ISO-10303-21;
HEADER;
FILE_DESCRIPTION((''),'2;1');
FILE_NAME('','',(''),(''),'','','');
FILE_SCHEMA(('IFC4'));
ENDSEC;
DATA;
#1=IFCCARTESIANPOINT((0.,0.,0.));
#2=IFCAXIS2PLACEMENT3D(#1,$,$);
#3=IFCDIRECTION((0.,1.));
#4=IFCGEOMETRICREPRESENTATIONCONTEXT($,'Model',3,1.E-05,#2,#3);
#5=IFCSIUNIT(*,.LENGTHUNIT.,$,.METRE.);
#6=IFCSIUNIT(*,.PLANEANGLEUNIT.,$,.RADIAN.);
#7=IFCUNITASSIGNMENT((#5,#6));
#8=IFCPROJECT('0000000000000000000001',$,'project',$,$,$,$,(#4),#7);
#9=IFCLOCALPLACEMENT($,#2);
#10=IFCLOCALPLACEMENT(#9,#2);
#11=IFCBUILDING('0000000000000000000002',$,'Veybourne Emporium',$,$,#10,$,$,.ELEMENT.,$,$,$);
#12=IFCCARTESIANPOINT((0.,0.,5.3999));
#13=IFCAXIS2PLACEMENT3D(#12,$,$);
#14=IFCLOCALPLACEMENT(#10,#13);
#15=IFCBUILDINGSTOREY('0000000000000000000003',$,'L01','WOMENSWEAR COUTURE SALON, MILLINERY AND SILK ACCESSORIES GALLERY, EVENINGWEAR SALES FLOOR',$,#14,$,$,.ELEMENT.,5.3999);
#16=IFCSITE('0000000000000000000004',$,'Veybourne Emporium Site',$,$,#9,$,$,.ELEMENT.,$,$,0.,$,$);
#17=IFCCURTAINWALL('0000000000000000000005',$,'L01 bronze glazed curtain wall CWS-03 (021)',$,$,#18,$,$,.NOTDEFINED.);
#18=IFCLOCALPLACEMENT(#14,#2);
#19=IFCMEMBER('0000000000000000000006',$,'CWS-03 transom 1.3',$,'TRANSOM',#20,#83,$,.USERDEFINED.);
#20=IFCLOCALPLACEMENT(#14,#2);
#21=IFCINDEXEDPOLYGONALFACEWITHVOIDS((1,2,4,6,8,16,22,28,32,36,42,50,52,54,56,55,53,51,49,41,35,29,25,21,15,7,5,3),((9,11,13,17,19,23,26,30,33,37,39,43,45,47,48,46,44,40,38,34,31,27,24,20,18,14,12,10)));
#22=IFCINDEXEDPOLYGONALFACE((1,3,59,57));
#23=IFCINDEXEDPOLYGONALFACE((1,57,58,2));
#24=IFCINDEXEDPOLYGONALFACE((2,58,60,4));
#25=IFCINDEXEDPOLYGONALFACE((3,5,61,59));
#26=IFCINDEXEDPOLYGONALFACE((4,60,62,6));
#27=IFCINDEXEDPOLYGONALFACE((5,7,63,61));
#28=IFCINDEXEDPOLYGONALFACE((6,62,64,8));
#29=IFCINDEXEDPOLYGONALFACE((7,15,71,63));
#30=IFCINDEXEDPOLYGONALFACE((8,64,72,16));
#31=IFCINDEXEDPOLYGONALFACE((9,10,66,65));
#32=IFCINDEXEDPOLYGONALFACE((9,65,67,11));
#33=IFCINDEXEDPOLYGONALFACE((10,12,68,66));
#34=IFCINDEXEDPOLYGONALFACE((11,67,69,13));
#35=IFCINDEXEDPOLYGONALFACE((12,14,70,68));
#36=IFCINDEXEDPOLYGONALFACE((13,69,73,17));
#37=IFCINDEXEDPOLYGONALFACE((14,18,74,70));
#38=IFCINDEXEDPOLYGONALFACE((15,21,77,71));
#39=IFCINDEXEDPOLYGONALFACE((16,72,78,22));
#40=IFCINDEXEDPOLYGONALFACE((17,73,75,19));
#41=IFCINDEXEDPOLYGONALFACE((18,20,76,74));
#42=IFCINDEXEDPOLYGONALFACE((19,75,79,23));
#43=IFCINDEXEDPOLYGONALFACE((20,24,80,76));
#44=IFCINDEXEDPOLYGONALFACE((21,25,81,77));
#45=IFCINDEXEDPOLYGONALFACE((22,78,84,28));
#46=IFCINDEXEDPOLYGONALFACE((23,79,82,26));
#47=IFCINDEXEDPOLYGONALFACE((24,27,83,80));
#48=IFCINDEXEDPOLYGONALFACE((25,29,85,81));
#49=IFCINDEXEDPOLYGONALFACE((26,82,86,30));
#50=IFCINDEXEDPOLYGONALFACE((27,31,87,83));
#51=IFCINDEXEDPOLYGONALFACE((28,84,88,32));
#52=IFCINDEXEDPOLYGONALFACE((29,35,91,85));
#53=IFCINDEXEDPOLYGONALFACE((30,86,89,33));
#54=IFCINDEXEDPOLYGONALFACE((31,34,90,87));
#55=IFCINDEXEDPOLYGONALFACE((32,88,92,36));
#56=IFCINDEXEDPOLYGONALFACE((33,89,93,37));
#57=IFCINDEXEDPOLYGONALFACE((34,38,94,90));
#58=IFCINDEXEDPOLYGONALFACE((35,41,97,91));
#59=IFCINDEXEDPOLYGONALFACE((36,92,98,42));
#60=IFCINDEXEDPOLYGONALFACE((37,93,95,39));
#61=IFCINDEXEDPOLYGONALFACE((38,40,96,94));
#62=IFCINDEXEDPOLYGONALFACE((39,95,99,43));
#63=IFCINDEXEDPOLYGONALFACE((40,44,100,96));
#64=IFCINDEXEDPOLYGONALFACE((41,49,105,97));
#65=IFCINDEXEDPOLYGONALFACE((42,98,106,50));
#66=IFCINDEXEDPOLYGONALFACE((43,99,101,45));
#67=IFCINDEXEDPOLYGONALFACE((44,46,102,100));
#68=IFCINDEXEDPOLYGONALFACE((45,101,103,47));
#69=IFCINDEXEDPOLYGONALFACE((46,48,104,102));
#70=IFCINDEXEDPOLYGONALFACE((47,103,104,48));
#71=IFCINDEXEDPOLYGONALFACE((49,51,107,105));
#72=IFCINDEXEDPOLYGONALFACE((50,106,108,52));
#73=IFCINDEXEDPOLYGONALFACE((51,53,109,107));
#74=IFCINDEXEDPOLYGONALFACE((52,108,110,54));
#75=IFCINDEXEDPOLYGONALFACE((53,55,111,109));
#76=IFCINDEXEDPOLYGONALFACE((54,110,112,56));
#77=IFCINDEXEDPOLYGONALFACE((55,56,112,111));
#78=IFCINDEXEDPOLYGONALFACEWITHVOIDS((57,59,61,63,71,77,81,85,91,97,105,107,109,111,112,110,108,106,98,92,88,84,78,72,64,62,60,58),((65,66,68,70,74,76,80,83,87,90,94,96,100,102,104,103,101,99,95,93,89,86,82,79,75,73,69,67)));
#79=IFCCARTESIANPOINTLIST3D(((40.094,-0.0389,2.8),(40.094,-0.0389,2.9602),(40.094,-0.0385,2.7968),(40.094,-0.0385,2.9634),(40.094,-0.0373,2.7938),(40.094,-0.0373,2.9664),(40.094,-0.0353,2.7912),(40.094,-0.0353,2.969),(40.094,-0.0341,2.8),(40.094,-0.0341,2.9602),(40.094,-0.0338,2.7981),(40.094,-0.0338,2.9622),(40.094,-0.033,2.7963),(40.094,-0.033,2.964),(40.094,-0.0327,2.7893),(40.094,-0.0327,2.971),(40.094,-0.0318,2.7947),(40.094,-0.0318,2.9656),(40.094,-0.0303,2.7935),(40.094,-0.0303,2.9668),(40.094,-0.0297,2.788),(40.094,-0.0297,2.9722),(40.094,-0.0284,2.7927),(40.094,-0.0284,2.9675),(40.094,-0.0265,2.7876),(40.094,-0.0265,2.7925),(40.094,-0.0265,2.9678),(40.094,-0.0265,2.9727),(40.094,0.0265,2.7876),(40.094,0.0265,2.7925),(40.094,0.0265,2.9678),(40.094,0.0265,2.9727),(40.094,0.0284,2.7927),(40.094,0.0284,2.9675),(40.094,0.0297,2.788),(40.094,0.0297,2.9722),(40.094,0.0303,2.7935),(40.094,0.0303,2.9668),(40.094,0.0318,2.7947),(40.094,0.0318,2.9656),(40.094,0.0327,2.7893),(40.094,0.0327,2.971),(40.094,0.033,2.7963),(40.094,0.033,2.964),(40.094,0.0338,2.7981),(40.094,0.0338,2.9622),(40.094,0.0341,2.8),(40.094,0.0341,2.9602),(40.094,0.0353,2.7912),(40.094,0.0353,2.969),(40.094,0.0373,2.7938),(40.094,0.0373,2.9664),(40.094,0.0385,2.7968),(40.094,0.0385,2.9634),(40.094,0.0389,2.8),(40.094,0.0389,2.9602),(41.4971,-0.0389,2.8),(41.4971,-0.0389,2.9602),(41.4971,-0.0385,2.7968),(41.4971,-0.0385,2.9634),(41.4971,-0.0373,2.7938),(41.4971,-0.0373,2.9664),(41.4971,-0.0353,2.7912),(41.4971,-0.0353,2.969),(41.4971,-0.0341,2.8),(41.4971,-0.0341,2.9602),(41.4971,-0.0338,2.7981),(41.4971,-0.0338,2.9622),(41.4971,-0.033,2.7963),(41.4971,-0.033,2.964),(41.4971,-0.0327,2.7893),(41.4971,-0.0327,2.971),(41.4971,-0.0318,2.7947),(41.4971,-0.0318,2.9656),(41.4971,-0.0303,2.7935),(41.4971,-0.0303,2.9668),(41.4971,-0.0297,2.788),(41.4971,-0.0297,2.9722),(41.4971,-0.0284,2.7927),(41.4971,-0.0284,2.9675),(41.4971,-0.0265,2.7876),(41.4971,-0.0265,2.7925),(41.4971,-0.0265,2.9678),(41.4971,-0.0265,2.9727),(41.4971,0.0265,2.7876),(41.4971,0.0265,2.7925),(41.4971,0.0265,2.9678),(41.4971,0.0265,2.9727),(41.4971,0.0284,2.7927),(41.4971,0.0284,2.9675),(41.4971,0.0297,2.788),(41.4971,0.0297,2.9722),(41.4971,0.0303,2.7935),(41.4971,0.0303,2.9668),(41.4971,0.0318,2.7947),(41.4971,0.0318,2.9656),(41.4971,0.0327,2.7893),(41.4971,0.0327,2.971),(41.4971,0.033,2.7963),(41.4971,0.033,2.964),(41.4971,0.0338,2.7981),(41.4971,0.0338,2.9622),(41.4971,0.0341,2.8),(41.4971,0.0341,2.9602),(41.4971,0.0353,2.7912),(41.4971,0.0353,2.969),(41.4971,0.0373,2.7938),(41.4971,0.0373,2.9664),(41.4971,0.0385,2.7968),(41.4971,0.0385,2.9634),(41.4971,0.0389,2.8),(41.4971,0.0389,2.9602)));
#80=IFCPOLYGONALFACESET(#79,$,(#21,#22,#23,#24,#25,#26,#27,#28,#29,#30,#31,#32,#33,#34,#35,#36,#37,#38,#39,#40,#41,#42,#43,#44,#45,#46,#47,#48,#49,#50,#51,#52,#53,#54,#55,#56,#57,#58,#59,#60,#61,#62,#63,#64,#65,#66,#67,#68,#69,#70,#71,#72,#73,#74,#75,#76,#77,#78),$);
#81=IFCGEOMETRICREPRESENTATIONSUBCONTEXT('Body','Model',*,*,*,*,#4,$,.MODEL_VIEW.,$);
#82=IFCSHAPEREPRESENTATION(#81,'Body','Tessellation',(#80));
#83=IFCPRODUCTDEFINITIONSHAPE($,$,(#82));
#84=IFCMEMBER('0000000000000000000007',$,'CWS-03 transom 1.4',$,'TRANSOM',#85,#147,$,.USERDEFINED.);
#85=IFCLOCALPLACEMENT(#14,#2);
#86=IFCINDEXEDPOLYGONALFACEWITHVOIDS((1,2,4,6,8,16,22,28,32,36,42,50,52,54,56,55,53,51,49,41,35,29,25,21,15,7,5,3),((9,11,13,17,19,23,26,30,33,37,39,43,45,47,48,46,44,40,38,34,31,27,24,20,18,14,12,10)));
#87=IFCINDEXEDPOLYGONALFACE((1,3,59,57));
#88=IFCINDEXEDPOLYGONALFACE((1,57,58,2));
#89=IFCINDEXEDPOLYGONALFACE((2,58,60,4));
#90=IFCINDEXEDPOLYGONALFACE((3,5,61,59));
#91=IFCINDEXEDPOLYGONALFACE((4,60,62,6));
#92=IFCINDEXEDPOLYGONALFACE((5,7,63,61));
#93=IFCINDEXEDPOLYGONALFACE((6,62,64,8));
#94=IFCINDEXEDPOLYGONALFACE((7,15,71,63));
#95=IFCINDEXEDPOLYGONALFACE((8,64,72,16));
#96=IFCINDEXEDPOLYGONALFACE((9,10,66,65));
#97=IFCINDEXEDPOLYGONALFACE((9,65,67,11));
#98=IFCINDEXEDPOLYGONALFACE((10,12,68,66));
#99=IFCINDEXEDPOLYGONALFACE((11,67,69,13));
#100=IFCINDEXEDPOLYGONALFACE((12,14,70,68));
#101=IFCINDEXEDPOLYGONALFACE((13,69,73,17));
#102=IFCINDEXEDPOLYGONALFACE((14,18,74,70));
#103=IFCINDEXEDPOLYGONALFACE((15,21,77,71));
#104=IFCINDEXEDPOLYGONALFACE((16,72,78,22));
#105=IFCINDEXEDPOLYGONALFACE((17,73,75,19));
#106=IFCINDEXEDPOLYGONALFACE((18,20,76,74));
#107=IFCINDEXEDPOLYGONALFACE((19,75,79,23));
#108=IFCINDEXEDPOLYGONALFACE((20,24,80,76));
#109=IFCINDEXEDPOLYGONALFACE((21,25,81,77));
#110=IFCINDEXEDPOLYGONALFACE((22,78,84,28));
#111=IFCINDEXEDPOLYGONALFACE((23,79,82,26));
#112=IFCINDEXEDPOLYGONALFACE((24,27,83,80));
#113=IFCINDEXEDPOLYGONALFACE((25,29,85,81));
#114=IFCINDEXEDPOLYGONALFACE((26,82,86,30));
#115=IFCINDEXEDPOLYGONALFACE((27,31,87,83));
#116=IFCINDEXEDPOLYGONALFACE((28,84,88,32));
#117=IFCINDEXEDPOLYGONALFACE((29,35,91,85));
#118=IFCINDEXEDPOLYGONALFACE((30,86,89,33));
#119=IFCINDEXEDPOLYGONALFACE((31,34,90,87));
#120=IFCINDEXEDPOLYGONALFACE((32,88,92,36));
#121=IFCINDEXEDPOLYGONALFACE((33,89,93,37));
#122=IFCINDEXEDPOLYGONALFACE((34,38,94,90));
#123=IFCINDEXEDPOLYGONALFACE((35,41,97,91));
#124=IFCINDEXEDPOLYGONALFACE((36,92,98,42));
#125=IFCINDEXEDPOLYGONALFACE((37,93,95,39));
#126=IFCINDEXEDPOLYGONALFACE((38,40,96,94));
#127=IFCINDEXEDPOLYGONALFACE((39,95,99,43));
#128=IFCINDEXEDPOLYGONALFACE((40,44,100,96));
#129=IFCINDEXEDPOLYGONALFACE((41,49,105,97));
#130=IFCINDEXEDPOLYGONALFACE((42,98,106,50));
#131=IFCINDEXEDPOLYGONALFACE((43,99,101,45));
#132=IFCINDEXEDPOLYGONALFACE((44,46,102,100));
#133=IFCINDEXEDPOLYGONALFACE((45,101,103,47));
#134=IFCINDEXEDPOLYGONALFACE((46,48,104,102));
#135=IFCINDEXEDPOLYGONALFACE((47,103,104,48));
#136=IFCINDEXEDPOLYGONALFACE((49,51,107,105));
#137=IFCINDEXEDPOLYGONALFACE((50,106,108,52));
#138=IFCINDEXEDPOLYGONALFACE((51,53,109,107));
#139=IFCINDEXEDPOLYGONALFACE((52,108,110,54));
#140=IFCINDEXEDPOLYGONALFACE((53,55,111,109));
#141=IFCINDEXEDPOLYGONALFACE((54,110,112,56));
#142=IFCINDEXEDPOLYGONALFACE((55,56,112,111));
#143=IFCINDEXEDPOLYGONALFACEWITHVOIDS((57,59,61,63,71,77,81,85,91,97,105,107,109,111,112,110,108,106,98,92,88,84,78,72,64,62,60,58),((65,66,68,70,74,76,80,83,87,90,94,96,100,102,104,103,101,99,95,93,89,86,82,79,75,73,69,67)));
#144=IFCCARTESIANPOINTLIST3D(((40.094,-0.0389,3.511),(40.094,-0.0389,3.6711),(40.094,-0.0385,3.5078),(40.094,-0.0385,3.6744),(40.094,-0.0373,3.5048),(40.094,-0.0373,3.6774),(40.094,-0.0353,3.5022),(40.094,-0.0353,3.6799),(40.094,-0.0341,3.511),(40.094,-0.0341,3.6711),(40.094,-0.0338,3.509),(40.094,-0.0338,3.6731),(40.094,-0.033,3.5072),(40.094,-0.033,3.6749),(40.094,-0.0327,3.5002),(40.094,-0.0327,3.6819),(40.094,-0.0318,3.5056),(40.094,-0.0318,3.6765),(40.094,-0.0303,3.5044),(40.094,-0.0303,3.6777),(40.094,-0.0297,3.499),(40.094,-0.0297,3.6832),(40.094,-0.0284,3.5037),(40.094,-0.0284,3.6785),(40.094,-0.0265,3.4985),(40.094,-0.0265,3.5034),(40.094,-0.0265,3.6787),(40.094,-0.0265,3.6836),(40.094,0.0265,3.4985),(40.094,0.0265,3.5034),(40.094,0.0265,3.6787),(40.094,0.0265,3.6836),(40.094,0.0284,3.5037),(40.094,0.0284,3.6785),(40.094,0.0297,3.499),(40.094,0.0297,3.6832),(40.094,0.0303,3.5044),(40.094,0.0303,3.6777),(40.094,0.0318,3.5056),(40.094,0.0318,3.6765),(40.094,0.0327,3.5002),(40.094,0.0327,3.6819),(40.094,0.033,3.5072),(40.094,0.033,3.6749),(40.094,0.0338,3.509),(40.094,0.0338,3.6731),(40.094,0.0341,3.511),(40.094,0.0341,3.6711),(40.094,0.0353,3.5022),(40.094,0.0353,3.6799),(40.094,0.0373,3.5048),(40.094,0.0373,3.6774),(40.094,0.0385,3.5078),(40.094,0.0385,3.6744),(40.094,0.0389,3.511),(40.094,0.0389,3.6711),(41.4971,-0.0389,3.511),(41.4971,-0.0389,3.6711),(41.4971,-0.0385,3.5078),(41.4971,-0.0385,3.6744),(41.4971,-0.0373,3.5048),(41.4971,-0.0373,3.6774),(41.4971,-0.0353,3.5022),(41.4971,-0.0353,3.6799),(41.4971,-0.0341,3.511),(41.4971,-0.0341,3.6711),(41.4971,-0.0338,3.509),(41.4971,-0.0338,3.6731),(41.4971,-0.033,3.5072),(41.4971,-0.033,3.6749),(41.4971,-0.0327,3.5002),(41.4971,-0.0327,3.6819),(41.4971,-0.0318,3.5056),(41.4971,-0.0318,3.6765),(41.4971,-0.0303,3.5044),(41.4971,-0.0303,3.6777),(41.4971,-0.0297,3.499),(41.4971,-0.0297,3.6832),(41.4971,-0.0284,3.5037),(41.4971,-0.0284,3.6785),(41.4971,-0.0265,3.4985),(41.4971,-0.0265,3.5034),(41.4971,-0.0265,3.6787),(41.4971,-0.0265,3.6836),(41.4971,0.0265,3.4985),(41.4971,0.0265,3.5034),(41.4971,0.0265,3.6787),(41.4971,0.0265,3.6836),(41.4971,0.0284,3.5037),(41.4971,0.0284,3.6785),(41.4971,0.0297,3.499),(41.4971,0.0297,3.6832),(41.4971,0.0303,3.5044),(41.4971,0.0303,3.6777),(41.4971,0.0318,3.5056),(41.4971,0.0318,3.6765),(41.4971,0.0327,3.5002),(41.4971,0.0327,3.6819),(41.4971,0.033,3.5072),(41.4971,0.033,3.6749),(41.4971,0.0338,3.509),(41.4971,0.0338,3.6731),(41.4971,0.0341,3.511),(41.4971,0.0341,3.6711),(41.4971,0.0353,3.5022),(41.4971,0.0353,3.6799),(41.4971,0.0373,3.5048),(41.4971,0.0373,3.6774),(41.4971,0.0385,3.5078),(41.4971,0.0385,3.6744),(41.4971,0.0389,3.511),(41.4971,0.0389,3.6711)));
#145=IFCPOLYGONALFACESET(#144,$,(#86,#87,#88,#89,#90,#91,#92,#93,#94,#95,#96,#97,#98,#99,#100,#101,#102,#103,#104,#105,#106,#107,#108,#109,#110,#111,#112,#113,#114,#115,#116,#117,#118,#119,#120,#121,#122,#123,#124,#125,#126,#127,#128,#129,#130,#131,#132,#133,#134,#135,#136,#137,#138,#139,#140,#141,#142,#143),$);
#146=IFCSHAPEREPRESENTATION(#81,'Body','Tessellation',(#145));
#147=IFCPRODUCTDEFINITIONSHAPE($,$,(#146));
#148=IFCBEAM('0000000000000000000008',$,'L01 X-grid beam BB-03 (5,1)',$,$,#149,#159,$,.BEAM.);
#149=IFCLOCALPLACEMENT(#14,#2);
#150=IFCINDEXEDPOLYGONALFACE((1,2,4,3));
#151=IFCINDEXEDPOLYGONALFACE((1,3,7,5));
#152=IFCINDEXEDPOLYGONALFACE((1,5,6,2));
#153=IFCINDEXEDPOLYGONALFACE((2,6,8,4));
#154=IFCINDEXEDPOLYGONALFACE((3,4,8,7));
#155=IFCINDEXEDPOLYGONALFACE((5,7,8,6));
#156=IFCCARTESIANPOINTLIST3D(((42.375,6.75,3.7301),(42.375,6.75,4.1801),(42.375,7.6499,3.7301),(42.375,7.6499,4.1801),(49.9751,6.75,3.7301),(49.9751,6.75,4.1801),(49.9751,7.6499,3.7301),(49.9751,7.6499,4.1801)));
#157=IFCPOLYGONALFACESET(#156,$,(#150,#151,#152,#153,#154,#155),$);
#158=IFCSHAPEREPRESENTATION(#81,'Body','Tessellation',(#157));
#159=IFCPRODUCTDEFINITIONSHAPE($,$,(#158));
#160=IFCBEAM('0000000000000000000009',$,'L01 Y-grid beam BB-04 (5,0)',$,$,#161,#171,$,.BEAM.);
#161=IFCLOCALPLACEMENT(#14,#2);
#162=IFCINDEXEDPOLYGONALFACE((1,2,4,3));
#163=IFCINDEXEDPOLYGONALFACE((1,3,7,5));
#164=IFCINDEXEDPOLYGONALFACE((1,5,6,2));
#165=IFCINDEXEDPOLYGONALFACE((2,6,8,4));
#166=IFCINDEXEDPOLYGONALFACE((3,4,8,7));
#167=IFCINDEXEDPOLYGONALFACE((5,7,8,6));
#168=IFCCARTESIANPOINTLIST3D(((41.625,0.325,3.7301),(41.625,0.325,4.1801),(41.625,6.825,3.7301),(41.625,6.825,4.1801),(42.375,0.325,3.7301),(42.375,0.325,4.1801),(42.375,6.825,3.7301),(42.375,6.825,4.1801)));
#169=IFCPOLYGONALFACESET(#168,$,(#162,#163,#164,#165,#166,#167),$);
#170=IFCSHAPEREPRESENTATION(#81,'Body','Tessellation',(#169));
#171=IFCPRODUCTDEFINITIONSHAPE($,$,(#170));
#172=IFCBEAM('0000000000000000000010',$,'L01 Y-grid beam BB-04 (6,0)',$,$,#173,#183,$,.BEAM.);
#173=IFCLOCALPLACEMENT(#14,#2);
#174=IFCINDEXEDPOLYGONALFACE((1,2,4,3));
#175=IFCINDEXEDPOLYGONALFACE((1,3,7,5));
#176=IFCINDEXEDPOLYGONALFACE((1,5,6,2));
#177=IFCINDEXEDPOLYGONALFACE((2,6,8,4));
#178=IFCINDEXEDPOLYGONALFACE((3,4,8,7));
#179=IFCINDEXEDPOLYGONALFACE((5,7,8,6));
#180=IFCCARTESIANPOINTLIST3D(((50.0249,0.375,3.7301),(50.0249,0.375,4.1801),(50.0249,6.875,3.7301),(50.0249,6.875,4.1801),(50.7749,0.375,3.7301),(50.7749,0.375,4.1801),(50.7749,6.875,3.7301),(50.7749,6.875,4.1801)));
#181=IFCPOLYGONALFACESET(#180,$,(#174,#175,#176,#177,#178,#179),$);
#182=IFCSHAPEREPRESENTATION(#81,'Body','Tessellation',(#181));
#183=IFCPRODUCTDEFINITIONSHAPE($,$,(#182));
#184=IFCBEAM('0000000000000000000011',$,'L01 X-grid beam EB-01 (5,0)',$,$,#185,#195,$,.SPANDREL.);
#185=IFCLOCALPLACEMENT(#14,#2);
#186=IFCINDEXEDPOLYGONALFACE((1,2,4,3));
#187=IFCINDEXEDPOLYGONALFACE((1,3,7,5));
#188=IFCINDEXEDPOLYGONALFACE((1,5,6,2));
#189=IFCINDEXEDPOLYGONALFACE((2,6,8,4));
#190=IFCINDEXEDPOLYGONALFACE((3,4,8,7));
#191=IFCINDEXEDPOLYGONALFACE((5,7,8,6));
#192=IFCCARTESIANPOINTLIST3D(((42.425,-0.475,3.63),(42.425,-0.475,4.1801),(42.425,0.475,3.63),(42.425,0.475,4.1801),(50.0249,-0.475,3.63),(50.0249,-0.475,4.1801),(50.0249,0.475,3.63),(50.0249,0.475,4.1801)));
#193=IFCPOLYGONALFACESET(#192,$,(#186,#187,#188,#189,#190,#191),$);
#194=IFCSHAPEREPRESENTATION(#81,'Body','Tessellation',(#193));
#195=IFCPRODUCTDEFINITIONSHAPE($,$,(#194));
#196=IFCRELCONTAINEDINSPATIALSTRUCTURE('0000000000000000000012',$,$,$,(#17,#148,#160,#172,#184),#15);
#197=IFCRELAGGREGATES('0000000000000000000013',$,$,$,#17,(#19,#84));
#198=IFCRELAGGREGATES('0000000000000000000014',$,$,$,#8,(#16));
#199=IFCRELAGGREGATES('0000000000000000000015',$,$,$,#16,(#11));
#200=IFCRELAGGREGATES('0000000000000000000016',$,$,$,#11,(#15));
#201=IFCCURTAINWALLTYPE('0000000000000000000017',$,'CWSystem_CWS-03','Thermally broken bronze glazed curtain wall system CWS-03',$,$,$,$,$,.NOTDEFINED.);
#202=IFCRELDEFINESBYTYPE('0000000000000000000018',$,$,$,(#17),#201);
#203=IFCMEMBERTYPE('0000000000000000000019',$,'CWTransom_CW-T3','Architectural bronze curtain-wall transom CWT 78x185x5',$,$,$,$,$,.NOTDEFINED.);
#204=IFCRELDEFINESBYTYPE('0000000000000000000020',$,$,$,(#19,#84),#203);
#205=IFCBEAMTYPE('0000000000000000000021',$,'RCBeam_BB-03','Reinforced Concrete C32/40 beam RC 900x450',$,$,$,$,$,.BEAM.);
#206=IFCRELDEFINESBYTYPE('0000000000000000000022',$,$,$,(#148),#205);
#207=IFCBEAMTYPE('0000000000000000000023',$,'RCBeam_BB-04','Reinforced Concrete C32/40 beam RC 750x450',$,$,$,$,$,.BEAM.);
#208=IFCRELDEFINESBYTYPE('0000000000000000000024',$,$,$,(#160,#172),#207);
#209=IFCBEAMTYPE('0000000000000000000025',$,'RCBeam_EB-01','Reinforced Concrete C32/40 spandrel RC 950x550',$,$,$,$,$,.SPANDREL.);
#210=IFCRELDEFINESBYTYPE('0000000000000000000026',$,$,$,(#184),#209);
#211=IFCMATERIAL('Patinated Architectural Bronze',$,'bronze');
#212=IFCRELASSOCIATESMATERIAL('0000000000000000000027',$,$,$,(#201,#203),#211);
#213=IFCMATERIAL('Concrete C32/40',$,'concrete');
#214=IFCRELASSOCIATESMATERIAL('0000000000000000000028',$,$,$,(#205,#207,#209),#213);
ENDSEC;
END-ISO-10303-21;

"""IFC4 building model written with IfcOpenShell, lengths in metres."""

from ifc_helpers import new_model, si_unit, direction, frame, origin, origin_2d, place, context, subcontext, project, spatial, rectangle, hollow_rectangle, extrude, material, material_profile, profile_set, type_object, element, aggregate, save


model = new_model("IFC4")

# Units and contexts
model_context = context("Model", 3, precision=1e-05, world=origin(), true_north=direction((0.0, 1.0)))
body_context = subcontext(model_context, "Body", "Model", "MODEL_VIEW")
ifc_project = project(units=[si_unit("LENGTHUNIT", "METRE"), si_unit("PLANEANGLEUNIT", "RADIAN")], contexts=[model_context])

# Site, building, storey
site_placement = place(None, origin())
site = spatial("IfcSite", under=ifc_project, at=site_placement, Name="Veybourne Emporium Site", CompositionType="ELEMENT", RefElevation=0.0)
building_placement = place(site_placement, origin())
building = spatial("IfcBuilding", under=site, at=building_placement, Name="Veybourne Emporium", CompositionType="ELEMENT")
storey_placement = place(building_placement, frame((0.0, 0.0, 5.3999)))
storey = spatial("IfcBuildingStorey", under=building, at=storey_placement, Name="L01", Description="WOMENSWEAR COUTURE SALON, MILLINERY AND SILK ACCESSORIES GALLERY, EVENINGWEAR SALES FLOOR", CompositionType="ELEMENT", Elevation=5.3999)

# Curtain wall, members
ifc_material_1 = material(Name="Patinated Architectural Bronze", Category="bronze")
curtain_wall_type = type_object("IfcCurtainWallType", Name="CWSystem_CWS-03", Description="Thermally broken bronze glazed curtain wall system CWS-03", PredefinedType="NOTDEFINED", material=ifc_material_1)
curtain_wall_placement = place(storey_placement, origin())
curtain_wall = element("IfcCurtainWall", 1, at=curtain_wall_placement, inside=storey, type_object=curtain_wall_type, Name="L01 bronze glazed curtain wall CWS-03 (021)", PredefinedType="NOTDEFINED")
ifc_material_profile_1 = material_profile(ifc_material_1, hollow_rectangle(XDim=0.0779, YDim=0.1851, WallThickness=0.0049, InnerFilletRadius=0.0076, OuterFilletRadius=0.0125, at=origin_2d()), Name="CWT 78x185x5")
ifc_profile_set_1 = profile_set([ifc_material_profile_1], Name="Patinated Architectural Bronze")
member_type_1 = type_object("IfcMemberType", Name="CWTransom_CW-T3", Description="Architectural bronze curtain-wall transom CWT 78x185x5", PredefinedType="NOTDEFINED", material=ifc_profile_set_1)
member_1_placement = place(storey_placement, frame((41.4971, 0.0, 2.8801), z_axis=(-1.0, 0.0, 0.0), x_axis=(0.0, -1.0, 0.0)))
member_1 = element("IfcMember", 2, at=member_1_placement, type_object=member_type_1, Name="CWS-03 transom 1.3", ObjectType="TRANSOM", PredefinedType="USERDEFINED", context=body_context, shape_type="SweptSolid", body=[
    extrude(hollow_rectangle(XDim=0.0779, YDim=0.1851, WallThickness=0.0049, InnerFilletRadius=0.0076, OuterFilletRadius=0.0125, at=origin_2d()), origin(), (0.0, 0.0, 1.0), 1.4031),
])
member_2_placement = place(storey_placement, frame((41.4971, 0.0, 3.5911), z_axis=(-1.0, 0.0, 0.0), x_axis=(0.0, -1.0, 0.0)))
member_2 = element("IfcMember", 3, at=member_2_placement, type_object=member_type_1, Name="CWS-03 transom 1.4", ObjectType="TRANSOM", PredefinedType="USERDEFINED", context=body_context, shape_type="SweptSolid", body=[
    extrude(hollow_rectangle(XDim=0.0779, YDim=0.1851, WallThickness=0.0049, InnerFilletRadius=0.0076, OuterFilletRadius=0.0125, at=origin_2d()), origin(), (0.0, 0.0, 1.0), 1.4031),
])

# Beams
ifc_material_2 = material(Name="Concrete C32/40", Category="concrete")
ifc_material_profile_2 = material_profile(ifc_material_2, rectangle(XDim=0.8999, YDim=0.45, at=origin_2d()), Name="RC 900x450")
ifc_profile_set_2 = profile_set([ifc_material_profile_2], Name="Concrete C32/40")
beam_type_1 = type_object("IfcBeamType", Name="RCBeam_BB-03", Description="Reinforced Concrete C32/40 beam RC 900x450", PredefinedType="BEAM", material=ifc_profile_set_2)
beam_1_placement = place(storey_placement, frame((42.375, 7.2, 3.9551), z_axis=(1.0, 0.0, 0.0), x_axis=(0.0, 1.0, 0.0)))
element("IfcBeam", 4, at=beam_1_placement, inside=storey, type_object=beam_type_1, Name="L01 X-grid beam BB-03 (5,1)", PredefinedType="BEAM", context=body_context, shape_type="SweptSolid", body=[
    extrude(rectangle(XDim=0.8999, YDim=0.45, at=origin_2d()), origin(), (0.0, 0.0, 1.0), 7.6001),
])
ifc_material_profile_3 = material_profile(ifc_material_2, rectangle(XDim=0.75, YDim=0.45, at=origin_2d()), Name="RC 750x450")
ifc_profile_set_3 = profile_set([ifc_material_profile_3], Name="Concrete C32/40")
beam_type_2 = type_object("IfcBeamType", Name="RCBeam_BB-04", Description="Reinforced Concrete C32/40 beam RC 750x450", PredefinedType="BEAM", material=ifc_profile_set_3)
for number, where, z_axis, x_axis, name in (
    (5, (42.0, 0.325, 3.9551), (0.0, 1.0, 0.0), (-1.0, 0.0, 0.0), "L01 Y-grid beam BB-04 (5,0)"),
    (6, (50.3999, 0.375, 3.9551), (0.0, 1.0, 0.0), (-1.0, 0.0, 0.0), "L01 Y-grid beam BB-04 (6,0)"),
):
    element("IfcBeam", number, at=place(storey_placement, frame(where, z_axis=z_axis, x_axis=x_axis)), inside=storey, type_object=beam_type_2, Name=name, PredefinedType="BEAM", context=body_context, shape_type="SweptSolid", body=[
        extrude(rectangle(XDim=0.75, YDim=0.45, at=origin_2d()), origin(), (0.0, 0.0, 1.0), 6.5),
    ])
ifc_material_profile_4 = material_profile(ifc_material_2, rectangle(XDim=0.95, YDim=0.55, at=origin_2d()), Name="RC 950x550")
ifc_profile_set_4 = profile_set([ifc_material_profile_4], Name="Concrete C32/40")
beam_type_3 = type_object("IfcBeamType", Name="RCBeam_EB-01", Description="Reinforced Concrete C32/40 spandrel RC 950x550", PredefinedType="SPANDREL", material=ifc_profile_set_4)
beam_2_placement = place(storey_placement, frame((42.425, 0.0, 3.905), z_axis=(1.0, 0.0, 0.0), x_axis=(0.0, 1.0, 0.0)))
element("IfcBeam", 7, at=beam_2_placement, inside=storey, type_object=beam_type_3, Name="L01 X-grid beam EB-01 (5,0)", PredefinedType="SPANDREL", context=body_context, shape_type="SweptSolid", body=[
    extrude(rectangle(XDim=0.95, YDim=0.55, at=origin_2d()), origin(), (0.0, 0.0, 1.0), 7.5999),
])

aggregate(curtain_wall, [member_1, member_2])

save(model, "model.ifc")
